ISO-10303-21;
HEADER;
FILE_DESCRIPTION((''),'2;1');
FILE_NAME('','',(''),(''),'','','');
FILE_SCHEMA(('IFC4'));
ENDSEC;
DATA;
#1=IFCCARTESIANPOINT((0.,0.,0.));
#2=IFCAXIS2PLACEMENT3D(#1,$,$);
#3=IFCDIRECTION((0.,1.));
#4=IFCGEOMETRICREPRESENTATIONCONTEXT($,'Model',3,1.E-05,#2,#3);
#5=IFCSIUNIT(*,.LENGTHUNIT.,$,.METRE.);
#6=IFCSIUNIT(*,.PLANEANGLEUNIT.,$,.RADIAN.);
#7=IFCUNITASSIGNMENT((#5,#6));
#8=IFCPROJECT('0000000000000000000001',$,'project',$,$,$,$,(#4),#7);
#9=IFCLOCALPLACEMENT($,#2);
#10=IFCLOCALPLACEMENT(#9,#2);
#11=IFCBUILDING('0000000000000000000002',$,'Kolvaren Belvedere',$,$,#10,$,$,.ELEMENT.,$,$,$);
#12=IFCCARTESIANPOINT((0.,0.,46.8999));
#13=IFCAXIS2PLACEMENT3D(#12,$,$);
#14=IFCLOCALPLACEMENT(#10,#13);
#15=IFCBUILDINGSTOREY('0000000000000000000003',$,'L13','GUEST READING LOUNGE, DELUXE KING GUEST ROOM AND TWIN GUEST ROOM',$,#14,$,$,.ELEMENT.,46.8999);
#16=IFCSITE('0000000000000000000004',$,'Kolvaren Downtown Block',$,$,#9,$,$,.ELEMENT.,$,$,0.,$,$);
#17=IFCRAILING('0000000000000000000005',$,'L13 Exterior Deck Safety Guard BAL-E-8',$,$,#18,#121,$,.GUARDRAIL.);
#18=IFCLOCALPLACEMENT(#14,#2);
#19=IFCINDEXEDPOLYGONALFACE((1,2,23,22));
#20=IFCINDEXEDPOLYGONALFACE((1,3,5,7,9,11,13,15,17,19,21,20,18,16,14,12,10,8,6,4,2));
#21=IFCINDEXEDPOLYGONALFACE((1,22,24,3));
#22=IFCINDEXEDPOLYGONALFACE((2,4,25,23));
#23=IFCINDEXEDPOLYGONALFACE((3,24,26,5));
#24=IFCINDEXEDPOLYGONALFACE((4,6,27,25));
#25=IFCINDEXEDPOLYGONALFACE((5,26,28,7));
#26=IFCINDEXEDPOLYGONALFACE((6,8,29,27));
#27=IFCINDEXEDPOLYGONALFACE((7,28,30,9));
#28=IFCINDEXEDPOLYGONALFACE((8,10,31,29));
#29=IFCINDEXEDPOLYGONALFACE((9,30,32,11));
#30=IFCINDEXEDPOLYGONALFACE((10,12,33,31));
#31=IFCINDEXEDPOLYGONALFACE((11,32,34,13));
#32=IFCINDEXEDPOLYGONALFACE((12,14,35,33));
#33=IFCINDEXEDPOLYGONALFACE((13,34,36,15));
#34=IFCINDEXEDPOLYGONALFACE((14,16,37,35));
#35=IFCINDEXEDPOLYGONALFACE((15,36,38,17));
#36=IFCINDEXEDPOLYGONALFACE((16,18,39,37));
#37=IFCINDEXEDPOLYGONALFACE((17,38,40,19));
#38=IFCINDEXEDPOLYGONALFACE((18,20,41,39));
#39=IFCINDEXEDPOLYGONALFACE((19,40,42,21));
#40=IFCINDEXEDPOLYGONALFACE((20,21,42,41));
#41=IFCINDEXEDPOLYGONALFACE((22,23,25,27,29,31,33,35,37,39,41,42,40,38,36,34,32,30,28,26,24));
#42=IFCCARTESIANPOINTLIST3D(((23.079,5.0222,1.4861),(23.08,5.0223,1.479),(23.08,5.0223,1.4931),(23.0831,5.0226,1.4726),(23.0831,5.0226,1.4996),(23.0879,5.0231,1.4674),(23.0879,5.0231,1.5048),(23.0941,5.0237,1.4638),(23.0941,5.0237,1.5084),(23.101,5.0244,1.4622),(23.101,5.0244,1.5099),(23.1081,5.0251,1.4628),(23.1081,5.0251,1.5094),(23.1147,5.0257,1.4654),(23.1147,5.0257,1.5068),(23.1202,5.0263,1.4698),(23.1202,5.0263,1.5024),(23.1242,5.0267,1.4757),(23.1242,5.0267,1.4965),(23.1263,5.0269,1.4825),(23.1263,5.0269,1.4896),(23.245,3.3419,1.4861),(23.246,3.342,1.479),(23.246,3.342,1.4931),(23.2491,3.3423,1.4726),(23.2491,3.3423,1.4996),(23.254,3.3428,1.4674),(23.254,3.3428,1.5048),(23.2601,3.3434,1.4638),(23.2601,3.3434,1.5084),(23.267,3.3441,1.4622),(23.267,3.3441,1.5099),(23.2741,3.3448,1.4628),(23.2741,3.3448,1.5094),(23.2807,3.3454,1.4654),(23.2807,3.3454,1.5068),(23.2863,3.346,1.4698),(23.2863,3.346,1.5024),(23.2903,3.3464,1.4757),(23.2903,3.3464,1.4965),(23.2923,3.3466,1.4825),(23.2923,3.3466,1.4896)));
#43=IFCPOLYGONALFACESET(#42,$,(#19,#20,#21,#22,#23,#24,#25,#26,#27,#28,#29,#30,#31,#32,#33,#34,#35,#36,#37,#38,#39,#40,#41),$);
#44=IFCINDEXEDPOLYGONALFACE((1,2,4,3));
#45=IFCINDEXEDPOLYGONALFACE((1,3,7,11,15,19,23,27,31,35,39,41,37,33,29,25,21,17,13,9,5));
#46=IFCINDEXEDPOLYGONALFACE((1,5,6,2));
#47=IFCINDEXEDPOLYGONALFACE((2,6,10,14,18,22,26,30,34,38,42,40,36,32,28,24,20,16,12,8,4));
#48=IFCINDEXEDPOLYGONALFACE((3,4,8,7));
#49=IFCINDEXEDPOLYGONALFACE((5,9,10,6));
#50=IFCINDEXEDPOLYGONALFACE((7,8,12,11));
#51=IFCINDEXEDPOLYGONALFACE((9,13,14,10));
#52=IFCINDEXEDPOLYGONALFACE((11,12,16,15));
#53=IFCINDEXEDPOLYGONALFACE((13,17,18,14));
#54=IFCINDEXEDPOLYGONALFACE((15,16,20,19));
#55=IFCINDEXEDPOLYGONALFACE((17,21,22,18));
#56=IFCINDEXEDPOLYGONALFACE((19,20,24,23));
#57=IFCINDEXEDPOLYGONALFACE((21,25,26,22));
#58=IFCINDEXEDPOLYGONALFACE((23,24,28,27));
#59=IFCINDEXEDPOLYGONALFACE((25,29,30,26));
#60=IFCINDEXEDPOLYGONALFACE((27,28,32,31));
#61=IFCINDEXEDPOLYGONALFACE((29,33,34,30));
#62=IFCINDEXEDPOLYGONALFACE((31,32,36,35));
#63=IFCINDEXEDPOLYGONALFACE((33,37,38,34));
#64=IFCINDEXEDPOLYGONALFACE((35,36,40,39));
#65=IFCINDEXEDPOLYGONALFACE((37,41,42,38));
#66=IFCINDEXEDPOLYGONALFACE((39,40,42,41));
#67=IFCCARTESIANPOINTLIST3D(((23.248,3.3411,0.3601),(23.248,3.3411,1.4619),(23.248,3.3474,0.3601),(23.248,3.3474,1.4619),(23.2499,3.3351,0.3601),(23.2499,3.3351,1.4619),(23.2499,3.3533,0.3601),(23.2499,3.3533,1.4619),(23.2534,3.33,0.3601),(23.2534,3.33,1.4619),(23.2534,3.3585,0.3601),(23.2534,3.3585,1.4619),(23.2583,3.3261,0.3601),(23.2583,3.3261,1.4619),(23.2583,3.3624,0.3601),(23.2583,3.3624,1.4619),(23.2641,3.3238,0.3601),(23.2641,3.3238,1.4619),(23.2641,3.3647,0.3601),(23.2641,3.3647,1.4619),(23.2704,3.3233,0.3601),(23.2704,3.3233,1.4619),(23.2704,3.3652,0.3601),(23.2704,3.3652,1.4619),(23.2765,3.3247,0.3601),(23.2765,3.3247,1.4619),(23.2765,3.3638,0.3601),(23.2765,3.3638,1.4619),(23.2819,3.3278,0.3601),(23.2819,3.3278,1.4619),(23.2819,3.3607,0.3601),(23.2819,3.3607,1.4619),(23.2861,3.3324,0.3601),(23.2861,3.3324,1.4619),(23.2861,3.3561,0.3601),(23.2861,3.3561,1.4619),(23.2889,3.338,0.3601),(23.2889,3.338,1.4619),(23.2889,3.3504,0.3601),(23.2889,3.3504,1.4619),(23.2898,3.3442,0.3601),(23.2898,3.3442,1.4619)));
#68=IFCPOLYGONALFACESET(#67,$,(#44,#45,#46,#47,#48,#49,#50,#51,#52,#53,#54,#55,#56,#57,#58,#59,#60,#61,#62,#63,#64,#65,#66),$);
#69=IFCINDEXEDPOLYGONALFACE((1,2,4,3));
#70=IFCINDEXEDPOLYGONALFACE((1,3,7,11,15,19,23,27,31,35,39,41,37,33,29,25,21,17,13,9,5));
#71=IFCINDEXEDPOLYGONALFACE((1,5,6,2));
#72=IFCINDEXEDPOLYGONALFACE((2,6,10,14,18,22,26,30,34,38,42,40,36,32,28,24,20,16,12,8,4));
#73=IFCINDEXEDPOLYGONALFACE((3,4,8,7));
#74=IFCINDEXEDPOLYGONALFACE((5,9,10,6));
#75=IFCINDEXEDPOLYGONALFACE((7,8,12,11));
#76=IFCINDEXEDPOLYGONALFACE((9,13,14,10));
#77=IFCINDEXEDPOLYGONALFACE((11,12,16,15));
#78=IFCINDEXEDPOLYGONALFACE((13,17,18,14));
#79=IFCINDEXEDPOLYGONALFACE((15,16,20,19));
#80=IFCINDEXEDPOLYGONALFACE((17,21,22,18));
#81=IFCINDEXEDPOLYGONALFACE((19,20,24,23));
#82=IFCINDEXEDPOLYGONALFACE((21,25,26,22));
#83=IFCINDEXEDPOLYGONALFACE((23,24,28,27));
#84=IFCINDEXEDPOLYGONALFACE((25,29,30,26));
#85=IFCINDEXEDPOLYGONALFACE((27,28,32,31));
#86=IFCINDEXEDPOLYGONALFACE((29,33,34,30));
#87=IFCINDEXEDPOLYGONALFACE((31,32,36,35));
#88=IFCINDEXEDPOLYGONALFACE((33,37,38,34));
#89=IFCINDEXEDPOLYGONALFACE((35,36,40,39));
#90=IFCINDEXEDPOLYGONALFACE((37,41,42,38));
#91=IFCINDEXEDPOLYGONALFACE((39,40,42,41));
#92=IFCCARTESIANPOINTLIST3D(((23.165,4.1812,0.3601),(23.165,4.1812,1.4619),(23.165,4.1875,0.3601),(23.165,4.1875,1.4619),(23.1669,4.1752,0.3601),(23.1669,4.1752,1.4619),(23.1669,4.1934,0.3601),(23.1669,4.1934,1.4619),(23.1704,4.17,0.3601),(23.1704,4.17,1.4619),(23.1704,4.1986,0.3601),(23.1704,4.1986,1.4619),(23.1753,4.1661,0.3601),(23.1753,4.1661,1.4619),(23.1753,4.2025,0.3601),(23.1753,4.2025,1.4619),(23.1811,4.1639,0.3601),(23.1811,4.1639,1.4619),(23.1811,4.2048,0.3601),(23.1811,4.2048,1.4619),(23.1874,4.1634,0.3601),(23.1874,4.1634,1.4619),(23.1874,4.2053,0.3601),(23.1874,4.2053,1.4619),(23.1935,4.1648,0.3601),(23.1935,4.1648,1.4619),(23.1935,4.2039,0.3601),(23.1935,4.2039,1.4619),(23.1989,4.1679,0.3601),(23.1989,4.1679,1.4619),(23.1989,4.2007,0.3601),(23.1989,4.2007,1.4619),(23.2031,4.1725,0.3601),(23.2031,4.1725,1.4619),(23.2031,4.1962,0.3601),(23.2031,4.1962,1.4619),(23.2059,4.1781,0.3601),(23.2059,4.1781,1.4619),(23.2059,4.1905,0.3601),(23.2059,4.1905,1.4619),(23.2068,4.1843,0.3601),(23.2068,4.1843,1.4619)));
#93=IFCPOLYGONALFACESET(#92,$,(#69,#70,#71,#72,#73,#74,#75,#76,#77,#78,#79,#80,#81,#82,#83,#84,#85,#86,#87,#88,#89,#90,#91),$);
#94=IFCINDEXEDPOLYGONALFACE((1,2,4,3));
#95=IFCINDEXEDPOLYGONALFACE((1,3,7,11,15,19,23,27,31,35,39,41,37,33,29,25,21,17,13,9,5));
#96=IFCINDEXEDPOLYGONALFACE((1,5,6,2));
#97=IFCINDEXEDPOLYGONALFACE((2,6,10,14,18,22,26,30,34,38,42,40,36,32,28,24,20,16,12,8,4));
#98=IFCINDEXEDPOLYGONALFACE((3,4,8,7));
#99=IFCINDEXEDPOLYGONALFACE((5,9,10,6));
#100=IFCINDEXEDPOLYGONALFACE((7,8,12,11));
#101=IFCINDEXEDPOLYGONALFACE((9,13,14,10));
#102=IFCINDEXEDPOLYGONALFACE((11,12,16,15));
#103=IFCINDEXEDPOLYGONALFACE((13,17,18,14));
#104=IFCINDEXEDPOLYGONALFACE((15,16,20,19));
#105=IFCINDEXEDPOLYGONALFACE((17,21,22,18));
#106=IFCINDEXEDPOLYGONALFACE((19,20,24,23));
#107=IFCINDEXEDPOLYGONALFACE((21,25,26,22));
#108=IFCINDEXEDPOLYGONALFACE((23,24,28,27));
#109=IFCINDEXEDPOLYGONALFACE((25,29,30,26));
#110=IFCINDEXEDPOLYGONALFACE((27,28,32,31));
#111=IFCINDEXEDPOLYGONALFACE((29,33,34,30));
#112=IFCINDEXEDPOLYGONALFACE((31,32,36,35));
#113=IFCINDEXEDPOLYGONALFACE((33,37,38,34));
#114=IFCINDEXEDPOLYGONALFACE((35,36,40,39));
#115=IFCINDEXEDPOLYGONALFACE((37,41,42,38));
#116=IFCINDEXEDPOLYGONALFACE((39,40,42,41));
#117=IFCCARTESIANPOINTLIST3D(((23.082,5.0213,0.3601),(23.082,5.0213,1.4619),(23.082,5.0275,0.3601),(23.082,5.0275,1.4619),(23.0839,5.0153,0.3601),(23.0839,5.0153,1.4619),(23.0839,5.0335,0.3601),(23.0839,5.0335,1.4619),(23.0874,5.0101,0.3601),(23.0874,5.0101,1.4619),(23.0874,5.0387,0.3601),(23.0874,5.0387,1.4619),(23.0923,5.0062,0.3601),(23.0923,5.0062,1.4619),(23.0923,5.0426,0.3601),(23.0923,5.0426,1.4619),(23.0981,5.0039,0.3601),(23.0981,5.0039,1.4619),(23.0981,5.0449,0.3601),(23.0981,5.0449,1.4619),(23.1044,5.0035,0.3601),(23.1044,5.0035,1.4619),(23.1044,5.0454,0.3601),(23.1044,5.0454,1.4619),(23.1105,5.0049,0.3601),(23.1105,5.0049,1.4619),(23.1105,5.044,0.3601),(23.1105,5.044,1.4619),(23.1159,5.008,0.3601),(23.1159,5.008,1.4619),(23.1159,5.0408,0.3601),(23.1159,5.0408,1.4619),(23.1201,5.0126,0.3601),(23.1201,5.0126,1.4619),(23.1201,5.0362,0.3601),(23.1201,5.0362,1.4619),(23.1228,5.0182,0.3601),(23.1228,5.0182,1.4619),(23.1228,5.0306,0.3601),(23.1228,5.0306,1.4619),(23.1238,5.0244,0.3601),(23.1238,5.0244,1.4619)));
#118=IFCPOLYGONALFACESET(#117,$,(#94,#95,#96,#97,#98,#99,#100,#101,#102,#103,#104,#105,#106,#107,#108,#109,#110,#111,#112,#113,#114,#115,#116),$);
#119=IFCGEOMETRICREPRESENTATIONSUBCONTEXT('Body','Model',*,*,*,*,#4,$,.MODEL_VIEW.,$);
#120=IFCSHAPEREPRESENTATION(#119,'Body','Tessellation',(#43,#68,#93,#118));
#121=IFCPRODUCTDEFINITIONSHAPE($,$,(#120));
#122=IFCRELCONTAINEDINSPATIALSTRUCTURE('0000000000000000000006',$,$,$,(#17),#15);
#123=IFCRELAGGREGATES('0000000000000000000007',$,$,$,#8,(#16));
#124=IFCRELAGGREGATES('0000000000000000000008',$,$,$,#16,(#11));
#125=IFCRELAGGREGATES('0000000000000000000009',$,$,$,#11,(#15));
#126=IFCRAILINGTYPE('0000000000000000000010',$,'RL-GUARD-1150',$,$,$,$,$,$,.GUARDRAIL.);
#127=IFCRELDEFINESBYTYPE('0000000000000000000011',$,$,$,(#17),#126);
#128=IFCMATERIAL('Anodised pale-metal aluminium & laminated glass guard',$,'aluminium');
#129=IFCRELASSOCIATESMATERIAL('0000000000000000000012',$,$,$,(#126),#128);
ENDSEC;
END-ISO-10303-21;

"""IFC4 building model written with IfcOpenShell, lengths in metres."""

from ifc_helpers import new_model, si_unit, direction, frame, origin, origin_2d, place, context, subcontext, project, spatial, circle, extrude, material, type_object, element, save


model = new_model("IFC4")

# Units and contexts
model_context = context("Model", 3, precision=1e-05, world=origin(), true_north=direction((0.0, 1.0)))
body_context = subcontext(model_context, "Body", "Model", "MODEL_VIEW")
ifc_project = project(units=[si_unit("LENGTHUNIT", "METRE"), si_unit("PLANEANGLEUNIT", "RADIAN")], contexts=[model_context])

# Site, building, storey
site_placement = place(None, origin())
site = spatial("IfcSite", under=ifc_project, at=site_placement, Name="Kolvaren Downtown Block", CompositionType="ELEMENT", RefElevation=0.0)
building_placement = place(site_placement, origin())
building = spatial("IfcBuilding", under=site, at=building_placement, Name="Kolvaren Belvedere", CompositionType="ELEMENT")
storey_placement = place(building_placement, frame((0.0, 0.0, 46.8999)))
storey = spatial("IfcBuildingStorey", under=building, at=storey_placement, Name="L13", Description="GUEST READING LOUNGE, DELUXE KING GUEST ROOM AND TWIN GUEST ROOM", CompositionType="ELEMENT", Elevation=46.8999)

# Railing
ifc_material_1 = material(Name="Anodised pale-metal aluminium & laminated glass guard", Category="aluminium")
railing_type = type_object("IfcRailingType", Name="RL-GUARD-1150", PredefinedType="GUARDRAIL", material=ifc_material_1)
railing_1_placement = place(storey_placement, frame((23.2688, 3.3442, 0.3601)))
element("IfcRailing", 1, at=railing_1_placement, inside=storey, type_object=railing_type, Name="L13 Exterior Deck Safety Guard BAL-E-8", PredefinedType="GUARDRAIL", context=body_context, shape_type="SweptSolid", body=[
    extrude(circle(Radius=0.0239, at=origin_2d()), frame((0.0, 0.0, 1.126), z_axis=(-0.09833, 0.995154, 0.0), x_axis=(-0.995154, -0.09833, 0.0)), (0.0, 0.0, 1.0), 1.6885),
    extrude(circle(Radius=0.021, at=origin_2d()), origin(), (0.0, 0.0, 1.0), 1.1018),
    extrude(circle(Radius=0.021, at=origin_2d()), frame((-0.083, 0.8401, 0.0)), (0.0, 0.0, 1.0), 1.1018),
    extrude(circle(Radius=0.021, at=origin_2d()), frame((-0.166, 1.6802, 0.0)), (0.0, 0.0, 1.0), 1.1018),
])

save(model, "model.ifc")
